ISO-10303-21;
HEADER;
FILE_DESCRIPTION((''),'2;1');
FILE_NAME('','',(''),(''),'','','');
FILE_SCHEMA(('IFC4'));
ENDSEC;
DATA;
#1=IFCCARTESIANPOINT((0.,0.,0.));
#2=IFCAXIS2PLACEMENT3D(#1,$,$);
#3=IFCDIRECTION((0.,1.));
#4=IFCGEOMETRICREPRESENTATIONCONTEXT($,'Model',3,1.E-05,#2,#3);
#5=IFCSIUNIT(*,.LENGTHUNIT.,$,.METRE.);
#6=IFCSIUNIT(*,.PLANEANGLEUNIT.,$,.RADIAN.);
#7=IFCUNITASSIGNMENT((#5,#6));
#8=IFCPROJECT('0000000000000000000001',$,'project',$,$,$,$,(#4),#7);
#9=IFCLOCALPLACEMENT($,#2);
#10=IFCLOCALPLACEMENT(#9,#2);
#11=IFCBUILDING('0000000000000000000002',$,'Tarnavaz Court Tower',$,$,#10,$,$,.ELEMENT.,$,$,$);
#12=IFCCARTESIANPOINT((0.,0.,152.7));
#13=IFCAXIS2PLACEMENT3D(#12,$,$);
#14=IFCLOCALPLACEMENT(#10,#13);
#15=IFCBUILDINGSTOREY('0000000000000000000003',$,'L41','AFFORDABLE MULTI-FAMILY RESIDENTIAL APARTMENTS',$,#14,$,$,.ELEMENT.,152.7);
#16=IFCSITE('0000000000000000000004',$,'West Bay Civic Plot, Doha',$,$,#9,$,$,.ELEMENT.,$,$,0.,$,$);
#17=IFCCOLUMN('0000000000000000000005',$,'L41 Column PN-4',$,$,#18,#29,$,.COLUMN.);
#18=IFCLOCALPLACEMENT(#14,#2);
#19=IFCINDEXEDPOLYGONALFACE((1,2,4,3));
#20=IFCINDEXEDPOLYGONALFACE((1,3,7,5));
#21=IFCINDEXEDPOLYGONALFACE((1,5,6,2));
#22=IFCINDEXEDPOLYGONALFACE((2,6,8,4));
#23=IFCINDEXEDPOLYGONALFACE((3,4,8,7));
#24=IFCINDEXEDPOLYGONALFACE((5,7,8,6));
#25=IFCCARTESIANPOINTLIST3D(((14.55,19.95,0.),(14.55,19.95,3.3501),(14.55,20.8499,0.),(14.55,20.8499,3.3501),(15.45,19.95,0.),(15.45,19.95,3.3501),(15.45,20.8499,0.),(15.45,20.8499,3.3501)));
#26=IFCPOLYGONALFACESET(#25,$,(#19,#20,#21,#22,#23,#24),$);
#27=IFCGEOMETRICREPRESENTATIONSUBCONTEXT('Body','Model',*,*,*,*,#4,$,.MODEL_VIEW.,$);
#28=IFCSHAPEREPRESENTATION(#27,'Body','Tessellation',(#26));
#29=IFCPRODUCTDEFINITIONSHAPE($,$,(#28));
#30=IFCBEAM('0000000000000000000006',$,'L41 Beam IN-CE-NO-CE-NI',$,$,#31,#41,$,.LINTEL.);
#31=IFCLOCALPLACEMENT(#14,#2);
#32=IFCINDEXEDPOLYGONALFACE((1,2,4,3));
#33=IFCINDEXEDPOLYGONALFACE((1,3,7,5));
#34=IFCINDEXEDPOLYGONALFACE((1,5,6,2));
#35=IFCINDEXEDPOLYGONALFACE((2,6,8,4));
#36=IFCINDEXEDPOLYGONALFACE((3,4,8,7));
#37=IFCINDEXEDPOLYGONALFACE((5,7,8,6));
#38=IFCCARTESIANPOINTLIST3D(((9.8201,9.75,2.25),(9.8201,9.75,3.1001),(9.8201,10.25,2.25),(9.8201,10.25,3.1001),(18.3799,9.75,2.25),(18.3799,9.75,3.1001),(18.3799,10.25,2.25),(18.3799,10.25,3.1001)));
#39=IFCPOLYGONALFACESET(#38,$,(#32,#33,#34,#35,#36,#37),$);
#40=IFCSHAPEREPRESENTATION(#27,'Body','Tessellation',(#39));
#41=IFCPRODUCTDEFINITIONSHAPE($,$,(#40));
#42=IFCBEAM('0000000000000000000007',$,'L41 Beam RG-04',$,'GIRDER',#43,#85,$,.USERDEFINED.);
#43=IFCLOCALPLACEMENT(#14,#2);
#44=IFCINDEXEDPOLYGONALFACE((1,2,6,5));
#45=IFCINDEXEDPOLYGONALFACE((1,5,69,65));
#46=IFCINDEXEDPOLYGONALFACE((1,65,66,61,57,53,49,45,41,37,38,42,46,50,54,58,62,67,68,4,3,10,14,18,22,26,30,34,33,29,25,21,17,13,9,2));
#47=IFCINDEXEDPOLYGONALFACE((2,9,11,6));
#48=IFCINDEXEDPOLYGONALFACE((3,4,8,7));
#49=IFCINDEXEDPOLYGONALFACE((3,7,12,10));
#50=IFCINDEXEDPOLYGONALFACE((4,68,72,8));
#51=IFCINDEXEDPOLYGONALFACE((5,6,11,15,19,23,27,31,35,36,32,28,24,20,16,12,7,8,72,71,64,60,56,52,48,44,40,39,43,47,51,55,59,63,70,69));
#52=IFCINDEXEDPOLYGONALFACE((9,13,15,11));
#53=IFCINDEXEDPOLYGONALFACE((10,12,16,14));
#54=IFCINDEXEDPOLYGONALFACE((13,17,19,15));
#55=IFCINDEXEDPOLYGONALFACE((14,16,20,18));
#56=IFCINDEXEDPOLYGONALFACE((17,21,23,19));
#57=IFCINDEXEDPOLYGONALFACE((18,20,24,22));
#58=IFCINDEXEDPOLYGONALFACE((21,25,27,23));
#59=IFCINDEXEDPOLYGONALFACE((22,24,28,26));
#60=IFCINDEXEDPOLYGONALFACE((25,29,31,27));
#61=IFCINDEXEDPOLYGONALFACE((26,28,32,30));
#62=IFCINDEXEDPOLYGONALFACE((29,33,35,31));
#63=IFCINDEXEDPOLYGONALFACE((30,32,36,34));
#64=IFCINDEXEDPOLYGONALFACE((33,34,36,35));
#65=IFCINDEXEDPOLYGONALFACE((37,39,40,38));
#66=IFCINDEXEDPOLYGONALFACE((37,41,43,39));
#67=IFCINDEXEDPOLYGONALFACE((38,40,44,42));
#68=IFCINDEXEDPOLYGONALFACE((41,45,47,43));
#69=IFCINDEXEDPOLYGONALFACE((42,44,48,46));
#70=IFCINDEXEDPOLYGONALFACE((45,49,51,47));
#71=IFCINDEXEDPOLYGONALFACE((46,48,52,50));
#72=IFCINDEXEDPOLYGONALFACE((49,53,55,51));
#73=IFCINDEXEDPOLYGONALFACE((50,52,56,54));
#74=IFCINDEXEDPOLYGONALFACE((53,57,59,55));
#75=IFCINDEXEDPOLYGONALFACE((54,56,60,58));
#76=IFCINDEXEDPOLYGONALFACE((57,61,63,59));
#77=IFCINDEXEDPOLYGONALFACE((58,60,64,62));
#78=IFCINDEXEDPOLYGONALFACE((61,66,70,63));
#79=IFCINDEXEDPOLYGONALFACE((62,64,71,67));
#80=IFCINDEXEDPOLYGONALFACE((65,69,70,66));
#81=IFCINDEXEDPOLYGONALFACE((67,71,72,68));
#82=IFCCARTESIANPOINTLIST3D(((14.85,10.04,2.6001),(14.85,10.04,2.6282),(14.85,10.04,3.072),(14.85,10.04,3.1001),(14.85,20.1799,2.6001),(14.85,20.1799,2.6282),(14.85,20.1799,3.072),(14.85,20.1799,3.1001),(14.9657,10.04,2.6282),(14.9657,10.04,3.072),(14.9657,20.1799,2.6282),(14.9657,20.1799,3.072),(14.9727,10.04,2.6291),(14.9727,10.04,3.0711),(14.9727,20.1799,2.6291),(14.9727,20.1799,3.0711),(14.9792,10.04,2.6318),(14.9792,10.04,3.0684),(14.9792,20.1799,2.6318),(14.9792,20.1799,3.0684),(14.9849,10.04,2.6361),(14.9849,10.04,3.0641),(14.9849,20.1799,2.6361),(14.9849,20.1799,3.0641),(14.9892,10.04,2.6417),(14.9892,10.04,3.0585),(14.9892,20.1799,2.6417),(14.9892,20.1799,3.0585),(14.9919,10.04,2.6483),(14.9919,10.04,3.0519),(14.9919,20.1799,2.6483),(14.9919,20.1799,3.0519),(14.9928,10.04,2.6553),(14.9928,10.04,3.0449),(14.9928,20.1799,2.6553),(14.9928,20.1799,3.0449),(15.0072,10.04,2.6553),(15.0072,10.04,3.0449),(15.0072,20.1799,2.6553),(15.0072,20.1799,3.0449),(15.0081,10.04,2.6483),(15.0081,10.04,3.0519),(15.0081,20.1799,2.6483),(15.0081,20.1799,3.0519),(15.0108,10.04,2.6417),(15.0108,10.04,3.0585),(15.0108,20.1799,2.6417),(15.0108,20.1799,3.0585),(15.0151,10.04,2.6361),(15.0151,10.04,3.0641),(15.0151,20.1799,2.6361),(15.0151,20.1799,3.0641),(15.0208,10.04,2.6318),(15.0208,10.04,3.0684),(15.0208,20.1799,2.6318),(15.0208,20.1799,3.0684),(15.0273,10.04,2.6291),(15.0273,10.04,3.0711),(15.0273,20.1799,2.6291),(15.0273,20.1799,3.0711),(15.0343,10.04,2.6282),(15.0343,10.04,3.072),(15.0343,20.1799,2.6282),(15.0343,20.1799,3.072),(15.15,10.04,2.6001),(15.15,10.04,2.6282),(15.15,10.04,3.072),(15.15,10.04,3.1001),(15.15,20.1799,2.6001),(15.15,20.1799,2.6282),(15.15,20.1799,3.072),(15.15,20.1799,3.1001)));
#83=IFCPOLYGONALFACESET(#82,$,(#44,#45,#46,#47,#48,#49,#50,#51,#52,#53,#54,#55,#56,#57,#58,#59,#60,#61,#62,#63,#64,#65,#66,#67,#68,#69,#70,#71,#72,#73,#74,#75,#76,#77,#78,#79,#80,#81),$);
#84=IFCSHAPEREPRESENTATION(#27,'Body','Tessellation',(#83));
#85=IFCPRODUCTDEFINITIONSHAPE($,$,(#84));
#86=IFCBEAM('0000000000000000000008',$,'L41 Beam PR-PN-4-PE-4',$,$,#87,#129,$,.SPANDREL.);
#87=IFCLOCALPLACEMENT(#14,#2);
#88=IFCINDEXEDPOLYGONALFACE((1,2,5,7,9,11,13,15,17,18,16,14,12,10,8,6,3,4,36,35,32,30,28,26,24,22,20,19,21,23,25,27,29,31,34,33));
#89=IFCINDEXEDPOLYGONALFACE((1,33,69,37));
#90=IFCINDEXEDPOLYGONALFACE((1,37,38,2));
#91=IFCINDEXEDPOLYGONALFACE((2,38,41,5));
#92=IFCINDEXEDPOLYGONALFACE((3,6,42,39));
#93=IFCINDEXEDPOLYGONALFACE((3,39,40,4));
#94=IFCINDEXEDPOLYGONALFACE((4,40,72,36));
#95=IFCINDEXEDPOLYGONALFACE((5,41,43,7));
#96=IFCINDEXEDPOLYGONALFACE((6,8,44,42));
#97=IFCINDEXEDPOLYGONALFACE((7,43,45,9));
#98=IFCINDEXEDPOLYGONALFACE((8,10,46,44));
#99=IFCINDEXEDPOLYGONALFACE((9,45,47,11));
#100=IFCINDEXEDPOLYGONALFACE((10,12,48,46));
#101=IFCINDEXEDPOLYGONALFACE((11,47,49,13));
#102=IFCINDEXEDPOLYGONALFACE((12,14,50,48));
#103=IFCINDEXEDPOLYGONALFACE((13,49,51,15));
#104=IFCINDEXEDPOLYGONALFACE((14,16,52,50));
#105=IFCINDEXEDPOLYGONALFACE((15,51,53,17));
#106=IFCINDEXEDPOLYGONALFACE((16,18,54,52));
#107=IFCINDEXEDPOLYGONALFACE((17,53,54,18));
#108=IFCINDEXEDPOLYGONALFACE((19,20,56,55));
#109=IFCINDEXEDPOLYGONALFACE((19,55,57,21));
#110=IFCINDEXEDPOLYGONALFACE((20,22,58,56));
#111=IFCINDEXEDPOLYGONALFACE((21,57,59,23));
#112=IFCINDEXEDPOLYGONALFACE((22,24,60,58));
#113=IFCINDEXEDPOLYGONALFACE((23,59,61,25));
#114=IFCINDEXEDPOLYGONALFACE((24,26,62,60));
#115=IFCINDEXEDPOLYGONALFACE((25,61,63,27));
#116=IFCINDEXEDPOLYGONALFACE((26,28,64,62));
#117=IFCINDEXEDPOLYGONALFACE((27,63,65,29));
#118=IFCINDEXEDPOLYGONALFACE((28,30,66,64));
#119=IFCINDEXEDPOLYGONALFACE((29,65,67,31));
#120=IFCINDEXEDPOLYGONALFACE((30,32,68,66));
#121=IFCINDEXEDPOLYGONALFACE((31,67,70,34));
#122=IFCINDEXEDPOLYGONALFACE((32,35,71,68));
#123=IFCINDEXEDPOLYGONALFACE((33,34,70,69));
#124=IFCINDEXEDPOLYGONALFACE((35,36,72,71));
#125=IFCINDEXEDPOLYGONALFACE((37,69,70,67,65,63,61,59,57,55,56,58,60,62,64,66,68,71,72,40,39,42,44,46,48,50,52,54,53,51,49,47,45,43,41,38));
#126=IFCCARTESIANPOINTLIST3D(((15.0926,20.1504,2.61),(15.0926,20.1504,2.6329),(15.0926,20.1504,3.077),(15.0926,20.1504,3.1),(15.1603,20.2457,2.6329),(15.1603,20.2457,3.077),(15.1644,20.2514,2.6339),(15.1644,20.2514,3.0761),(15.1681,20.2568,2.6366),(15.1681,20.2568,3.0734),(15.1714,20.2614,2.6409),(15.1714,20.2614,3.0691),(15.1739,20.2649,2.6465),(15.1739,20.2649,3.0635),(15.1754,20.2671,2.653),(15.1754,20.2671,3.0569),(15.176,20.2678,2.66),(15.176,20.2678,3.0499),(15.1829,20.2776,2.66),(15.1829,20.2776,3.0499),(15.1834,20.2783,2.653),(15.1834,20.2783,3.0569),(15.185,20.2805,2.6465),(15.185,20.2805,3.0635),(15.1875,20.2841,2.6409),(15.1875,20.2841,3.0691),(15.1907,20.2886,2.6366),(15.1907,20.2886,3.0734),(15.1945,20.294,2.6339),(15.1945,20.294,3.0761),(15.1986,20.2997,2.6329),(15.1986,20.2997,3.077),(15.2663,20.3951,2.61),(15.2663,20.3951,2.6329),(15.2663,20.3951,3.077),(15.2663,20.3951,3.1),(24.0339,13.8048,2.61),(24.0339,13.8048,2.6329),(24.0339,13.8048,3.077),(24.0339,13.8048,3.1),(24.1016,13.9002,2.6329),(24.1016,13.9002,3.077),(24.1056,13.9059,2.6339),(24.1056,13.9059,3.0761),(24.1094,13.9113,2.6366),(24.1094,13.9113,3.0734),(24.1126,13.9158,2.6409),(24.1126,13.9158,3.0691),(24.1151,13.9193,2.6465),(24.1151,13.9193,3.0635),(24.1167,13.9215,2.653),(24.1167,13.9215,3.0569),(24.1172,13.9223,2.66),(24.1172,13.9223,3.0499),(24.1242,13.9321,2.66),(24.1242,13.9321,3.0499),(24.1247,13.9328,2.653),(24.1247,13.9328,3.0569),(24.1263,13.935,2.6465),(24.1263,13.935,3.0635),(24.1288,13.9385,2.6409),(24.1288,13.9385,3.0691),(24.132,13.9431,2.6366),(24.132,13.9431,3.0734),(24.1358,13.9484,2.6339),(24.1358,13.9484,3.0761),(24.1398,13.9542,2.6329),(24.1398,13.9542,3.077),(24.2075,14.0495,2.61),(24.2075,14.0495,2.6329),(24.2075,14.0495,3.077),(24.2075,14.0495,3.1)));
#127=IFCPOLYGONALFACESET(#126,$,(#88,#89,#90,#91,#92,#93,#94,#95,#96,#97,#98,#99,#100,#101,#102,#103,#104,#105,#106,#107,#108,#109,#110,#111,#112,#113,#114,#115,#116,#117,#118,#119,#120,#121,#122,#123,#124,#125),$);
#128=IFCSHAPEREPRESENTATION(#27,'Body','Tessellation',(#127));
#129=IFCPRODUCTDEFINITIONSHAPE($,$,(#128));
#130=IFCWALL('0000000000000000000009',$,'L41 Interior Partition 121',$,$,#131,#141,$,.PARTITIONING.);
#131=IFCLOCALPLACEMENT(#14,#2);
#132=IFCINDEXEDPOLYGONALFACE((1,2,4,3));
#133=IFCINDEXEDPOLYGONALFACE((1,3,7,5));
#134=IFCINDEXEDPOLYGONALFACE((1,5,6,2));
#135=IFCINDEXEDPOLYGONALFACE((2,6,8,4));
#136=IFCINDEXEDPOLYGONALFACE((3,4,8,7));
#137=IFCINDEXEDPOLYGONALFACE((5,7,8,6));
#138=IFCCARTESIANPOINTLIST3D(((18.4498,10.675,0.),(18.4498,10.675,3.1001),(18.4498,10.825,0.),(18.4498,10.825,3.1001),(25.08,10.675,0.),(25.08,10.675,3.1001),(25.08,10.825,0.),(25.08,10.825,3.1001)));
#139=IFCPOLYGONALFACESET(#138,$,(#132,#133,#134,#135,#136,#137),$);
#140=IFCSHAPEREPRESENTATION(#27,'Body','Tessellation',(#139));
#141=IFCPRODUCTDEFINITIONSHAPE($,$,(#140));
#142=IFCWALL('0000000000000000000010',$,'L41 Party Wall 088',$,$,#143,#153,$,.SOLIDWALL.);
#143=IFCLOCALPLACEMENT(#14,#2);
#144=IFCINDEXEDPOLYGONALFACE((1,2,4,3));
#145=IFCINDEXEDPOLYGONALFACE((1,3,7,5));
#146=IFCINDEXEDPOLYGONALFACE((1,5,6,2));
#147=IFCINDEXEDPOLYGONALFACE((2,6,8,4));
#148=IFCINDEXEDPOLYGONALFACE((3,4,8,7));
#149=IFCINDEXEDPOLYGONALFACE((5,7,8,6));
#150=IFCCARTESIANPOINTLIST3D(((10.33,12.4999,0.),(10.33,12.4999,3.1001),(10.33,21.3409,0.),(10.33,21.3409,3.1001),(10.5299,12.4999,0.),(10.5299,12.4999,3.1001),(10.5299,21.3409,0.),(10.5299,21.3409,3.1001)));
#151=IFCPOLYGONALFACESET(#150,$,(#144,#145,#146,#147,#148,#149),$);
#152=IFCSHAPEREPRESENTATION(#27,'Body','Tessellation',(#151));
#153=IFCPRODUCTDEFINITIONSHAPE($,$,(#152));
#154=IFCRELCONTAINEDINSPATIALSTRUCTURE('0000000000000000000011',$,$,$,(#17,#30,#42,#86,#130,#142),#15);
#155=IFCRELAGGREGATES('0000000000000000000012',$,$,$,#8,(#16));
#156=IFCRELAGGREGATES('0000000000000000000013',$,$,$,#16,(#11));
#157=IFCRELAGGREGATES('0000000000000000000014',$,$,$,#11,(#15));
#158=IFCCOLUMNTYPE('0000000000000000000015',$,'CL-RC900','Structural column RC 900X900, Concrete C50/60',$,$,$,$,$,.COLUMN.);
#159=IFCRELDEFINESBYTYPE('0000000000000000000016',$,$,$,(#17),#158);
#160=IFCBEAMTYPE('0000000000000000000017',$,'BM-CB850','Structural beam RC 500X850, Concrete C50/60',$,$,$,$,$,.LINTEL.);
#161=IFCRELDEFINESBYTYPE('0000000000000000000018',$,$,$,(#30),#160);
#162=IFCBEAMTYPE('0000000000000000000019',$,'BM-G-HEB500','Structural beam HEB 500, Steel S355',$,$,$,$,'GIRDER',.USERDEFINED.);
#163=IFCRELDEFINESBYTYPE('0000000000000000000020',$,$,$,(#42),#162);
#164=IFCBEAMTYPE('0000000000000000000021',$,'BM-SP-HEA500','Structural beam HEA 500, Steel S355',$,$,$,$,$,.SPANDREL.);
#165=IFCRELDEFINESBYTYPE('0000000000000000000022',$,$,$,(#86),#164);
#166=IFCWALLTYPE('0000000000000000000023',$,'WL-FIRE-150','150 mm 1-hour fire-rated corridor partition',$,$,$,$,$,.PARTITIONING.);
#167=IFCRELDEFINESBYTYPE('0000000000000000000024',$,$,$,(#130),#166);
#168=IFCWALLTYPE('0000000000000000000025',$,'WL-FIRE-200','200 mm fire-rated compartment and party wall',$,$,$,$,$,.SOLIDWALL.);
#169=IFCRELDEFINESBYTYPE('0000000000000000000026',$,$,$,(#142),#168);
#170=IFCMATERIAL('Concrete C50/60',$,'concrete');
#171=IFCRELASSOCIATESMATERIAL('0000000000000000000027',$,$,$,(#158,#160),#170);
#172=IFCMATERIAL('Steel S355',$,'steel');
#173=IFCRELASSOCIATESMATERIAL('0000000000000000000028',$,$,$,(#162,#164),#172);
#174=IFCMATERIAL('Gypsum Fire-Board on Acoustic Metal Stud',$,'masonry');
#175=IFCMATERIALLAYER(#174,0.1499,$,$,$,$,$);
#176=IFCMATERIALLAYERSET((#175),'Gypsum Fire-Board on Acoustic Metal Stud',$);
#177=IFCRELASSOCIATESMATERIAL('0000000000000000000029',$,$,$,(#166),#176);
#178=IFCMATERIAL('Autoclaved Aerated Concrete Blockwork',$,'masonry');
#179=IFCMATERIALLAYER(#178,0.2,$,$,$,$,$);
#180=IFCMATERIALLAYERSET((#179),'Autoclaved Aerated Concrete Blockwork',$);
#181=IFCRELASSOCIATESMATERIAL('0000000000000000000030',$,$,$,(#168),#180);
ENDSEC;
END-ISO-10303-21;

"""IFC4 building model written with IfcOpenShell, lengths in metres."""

from ifc_helpers import new_model, si_unit, direction, frame, frame_2d, origin, origin_2d, place, context, subcontext, project, spatial, rectangle, i_section, extrude, material, layer, layer_set, material_profile, profile_set, type_object, element, save


model = new_model("IFC4")

# Units and contexts
model_context = context("Model", 3, precision=1e-05, world=origin(), true_north=direction((0.0, 1.0)))
body_context = subcontext(model_context, "Body", "Model", "MODEL_VIEW")
ifc_project = project(units=[si_unit("LENGTHUNIT", "METRE"), si_unit("PLANEANGLEUNIT", "RADIAN")], contexts=[model_context])

# Site, building, storey
site_placement = place(None, origin())
site = spatial("IfcSite", under=ifc_project, at=site_placement, Name="West Bay Civic Plot, Doha", CompositionType="ELEMENT", RefElevation=0.0)
building_placement = place(site_placement, origin())
building = spatial("IfcBuilding", under=site, at=building_placement, Name="Tarnavaz Court Tower", CompositionType="ELEMENT")
storey_placement = place(building_placement, frame((0.0, 0.0, 152.7)))
storey = spatial("IfcBuildingStorey", under=building, at=storey_placement, Name="L41", Description="AFFORDABLE MULTI-FAMILY RESIDENTIAL APARTMENTS", CompositionType="ELEMENT", Elevation=152.7)

# Column
ifc_material_1 = material(Name="Concrete C50/60", Category="concrete")
ifc_material_profile_1 = material_profile(ifc_material_1, rectangle(XDim=0.8999, YDim=0.8999, at=origin_2d()), Name="RC 900X900")
ifc_profile_set_1 = profile_set([ifc_material_profile_1], Name="Concrete C50/60")
column_type = type_object("IfcColumnType", Name="CL-RC900", Description="Structural column RC 900X900, Concrete C50/60", PredefinedType="COLUMN", material=ifc_profile_set_1)
column_placement = place(storey_placement, frame((15.0, 20.3999, 0.0), z_axis=(0.0, 0.0, 1.0), x_axis=(1.0, 0.0, 0.0)))
element("IfcColumn", 1, at=column_placement, inside=storey, type_object=column_type, Name="L41 Column PN-4", PredefinedType="COLUMN", context=body_context, shape_type="SweptSolid", body=[
    extrude(rectangle(XDim=0.8999, YDim=0.8999, at=origin_2d()), origin(), (0.0, 0.0, 1.0), 3.3501),
])

# Beams
ifc_material_profile_2 = material_profile(ifc_material_1, rectangle(XDim=0.5, YDim=0.8501, at=origin_2d()), Name="RC 500X850")
ifc_profile_set_2 = profile_set([ifc_material_profile_2], Name="Concrete C50/60")
beam_type_1 = type_object("IfcBeamType", Name="BM-CB850", Description="Structural beam RC 500X850, Concrete C50/60", PredefinedType="LINTEL", material=ifc_profile_set_2)
beam_1_placement = place(storey_placement, frame((18.3799, 10.0, 2.675), z_axis=(-1.0, 0.0, 0.0), x_axis=(0.0, -1.0, 0.0)))
element("IfcBeam", 2, at=beam_1_placement, inside=storey, type_object=beam_type_1, Name="L41 Beam IN-CE-NO-CE-NI", PredefinedType="LINTEL", context=body_context, shape_type="SweptSolid", body=[
    extrude(rectangle(XDim=0.5, YDim=0.8501, at=origin_2d()), origin(), (0.0, 0.0, 1.0), 8.5598),
])
ifc_material_2 = material(Name="Steel S355", Category="steel")
ifc_material_profile_3 = material_profile(ifc_material_2, i_section(OverallWidth=0.3, OverallDepth=0.5, WebThickness=0.0144, FlangeThickness=0.0281, FilletRadius=0.0271, at=origin_2d()), Name="HEB 500")
ifc_profile_set_3 = profile_set([ifc_material_profile_3], Name="Steel S355")
beam_type_2 = type_object("IfcBeamType", Name="BM-G-HEB500", Description="Structural beam HEB 500, Steel S355", ElementType="GIRDER", PredefinedType="USERDEFINED", material=ifc_profile_set_3)
beam_2_placement = place(storey_placement, frame((15.0, 10.04, 2.8501), z_axis=(0.0, 1.0, 0.0), x_axis=(-1.0, 0.0, 0.0)))
element("IfcBeam", 3, at=beam_2_placement, inside=storey, type_object=beam_type_2, Name="L41 Beam RG-04", ObjectType="GIRDER", PredefinedType="USERDEFINED", context=body_context, shape_type="SweptSolid", body=[
    extrude(i_section(OverallWidth=0.3, OverallDepth=0.5, WebThickness=0.0144, FlangeThickness=0.0281, FilletRadius=0.0271, at=origin_2d()), origin(), (0.0, 0.0, 1.0), 10.1399),
])
ifc_material_profile_4 = material_profile(ifc_material_2, i_section(OverallWidth=0.3, OverallDepth=0.49, WebThickness=0.012, FlangeThickness=0.0229, FilletRadius=0.0271, at=origin_2d()), Name="HEA 500")
ifc_profile_set_4 = profile_set([ifc_material_profile_4], Name="Steel S355")
beam_type_3 = type_object("IfcBeamType", Name="BM-SP-HEA500", Description="Structural beam HEA 500, Steel S355", PredefinedType="SPANDREL", material=ifc_profile_set_4)
beam_3_placement = place(storey_placement, frame((15.1794, 20.2727, 2.855), z_axis=(0.815502, -0.578754, 0.0), x_axis=(0.578754, 0.815502, 0.0)))
element("IfcBeam", 4, at=beam_3_placement, inside=storey, type_object=beam_type_3, Name="L41 Beam PR-PN-4-PE-4", PredefinedType="SPANDREL", context=body_context, shape_type="SweptSolid", body=[
    extrude(i_section(OverallWidth=0.3, OverallDepth=0.49, WebThickness=0.012, FlangeThickness=0.0229, FilletRadius=0.0271, at=origin_2d()), origin(), (0.0, 0.0, 1.0), 10.9641),
])

# Walls
ifc_material_3 = material(Name="Gypsum Fire-Board on Acoustic Metal Stud", Category="masonry")
ifc_layer_1 = layer(ifc_material_3, 0.1499)
ifc_layer_set_1 = layer_set([ifc_layer_1], Name="Gypsum Fire-Board on Acoustic Metal Stud")
wall_type_1 = type_object("IfcWallType", Name="WL-FIRE-150", Description="150 mm 1-hour fire-rated corridor partition", PredefinedType="PARTITIONING", material=ifc_layer_set_1)
wall_1_placement = place(storey_placement, frame((18.45, 10.75, 0.0), z_axis=(0.0, 0.0, 1.0), x_axis=(1.0, 0.0, 0.0)))
element("IfcWall", 5, at=wall_1_placement, inside=storey, type_object=wall_type_1, Name="L41 Interior Partition 121", PredefinedType="PARTITIONING", context=body_context, shape_type="SweptSolid", body=[
    extrude(rectangle(XDim=6.6301, YDim=0.1499, at=frame_2d((3.3149, 0.0))), origin(), (0.0, 0.0, 1.0), 3.1001),
])
ifc_material_4 = material(Name="Autoclaved Aerated Concrete Blockwork", Category="masonry")
ifc_layer_2 = layer(ifc_material_4, 0.2)
ifc_layer_set_2 = layer_set([ifc_layer_2], Name="Autoclaved Aerated Concrete Blockwork")
wall_type_2 = type_object("IfcWallType", Name="WL-FIRE-200", Description="200 mm fire-rated compartment and party wall", PredefinedType="SOLIDWALL", material=ifc_layer_set_2)
wall_2_placement = place(storey_placement, frame((10.4299, 12.5, 0.0), z_axis=(0.0, 0.0, 1.0), x_axis=(0.0, 1.0, 0.0)))
element("IfcWall", 6, at=wall_2_placement, inside=storey, type_object=wall_type_2, Name="L41 Party Wall 088", PredefinedType="SOLIDWALL", context=body_context, shape_type="SweptSolid", body=[
    extrude(rectangle(XDim=8.8411, YDim=0.2, at=frame_2d((4.4204, 0.0))), origin(), (0.0, 0.0, 1.0), 3.1001),
])

save(model, "model.ifc")
